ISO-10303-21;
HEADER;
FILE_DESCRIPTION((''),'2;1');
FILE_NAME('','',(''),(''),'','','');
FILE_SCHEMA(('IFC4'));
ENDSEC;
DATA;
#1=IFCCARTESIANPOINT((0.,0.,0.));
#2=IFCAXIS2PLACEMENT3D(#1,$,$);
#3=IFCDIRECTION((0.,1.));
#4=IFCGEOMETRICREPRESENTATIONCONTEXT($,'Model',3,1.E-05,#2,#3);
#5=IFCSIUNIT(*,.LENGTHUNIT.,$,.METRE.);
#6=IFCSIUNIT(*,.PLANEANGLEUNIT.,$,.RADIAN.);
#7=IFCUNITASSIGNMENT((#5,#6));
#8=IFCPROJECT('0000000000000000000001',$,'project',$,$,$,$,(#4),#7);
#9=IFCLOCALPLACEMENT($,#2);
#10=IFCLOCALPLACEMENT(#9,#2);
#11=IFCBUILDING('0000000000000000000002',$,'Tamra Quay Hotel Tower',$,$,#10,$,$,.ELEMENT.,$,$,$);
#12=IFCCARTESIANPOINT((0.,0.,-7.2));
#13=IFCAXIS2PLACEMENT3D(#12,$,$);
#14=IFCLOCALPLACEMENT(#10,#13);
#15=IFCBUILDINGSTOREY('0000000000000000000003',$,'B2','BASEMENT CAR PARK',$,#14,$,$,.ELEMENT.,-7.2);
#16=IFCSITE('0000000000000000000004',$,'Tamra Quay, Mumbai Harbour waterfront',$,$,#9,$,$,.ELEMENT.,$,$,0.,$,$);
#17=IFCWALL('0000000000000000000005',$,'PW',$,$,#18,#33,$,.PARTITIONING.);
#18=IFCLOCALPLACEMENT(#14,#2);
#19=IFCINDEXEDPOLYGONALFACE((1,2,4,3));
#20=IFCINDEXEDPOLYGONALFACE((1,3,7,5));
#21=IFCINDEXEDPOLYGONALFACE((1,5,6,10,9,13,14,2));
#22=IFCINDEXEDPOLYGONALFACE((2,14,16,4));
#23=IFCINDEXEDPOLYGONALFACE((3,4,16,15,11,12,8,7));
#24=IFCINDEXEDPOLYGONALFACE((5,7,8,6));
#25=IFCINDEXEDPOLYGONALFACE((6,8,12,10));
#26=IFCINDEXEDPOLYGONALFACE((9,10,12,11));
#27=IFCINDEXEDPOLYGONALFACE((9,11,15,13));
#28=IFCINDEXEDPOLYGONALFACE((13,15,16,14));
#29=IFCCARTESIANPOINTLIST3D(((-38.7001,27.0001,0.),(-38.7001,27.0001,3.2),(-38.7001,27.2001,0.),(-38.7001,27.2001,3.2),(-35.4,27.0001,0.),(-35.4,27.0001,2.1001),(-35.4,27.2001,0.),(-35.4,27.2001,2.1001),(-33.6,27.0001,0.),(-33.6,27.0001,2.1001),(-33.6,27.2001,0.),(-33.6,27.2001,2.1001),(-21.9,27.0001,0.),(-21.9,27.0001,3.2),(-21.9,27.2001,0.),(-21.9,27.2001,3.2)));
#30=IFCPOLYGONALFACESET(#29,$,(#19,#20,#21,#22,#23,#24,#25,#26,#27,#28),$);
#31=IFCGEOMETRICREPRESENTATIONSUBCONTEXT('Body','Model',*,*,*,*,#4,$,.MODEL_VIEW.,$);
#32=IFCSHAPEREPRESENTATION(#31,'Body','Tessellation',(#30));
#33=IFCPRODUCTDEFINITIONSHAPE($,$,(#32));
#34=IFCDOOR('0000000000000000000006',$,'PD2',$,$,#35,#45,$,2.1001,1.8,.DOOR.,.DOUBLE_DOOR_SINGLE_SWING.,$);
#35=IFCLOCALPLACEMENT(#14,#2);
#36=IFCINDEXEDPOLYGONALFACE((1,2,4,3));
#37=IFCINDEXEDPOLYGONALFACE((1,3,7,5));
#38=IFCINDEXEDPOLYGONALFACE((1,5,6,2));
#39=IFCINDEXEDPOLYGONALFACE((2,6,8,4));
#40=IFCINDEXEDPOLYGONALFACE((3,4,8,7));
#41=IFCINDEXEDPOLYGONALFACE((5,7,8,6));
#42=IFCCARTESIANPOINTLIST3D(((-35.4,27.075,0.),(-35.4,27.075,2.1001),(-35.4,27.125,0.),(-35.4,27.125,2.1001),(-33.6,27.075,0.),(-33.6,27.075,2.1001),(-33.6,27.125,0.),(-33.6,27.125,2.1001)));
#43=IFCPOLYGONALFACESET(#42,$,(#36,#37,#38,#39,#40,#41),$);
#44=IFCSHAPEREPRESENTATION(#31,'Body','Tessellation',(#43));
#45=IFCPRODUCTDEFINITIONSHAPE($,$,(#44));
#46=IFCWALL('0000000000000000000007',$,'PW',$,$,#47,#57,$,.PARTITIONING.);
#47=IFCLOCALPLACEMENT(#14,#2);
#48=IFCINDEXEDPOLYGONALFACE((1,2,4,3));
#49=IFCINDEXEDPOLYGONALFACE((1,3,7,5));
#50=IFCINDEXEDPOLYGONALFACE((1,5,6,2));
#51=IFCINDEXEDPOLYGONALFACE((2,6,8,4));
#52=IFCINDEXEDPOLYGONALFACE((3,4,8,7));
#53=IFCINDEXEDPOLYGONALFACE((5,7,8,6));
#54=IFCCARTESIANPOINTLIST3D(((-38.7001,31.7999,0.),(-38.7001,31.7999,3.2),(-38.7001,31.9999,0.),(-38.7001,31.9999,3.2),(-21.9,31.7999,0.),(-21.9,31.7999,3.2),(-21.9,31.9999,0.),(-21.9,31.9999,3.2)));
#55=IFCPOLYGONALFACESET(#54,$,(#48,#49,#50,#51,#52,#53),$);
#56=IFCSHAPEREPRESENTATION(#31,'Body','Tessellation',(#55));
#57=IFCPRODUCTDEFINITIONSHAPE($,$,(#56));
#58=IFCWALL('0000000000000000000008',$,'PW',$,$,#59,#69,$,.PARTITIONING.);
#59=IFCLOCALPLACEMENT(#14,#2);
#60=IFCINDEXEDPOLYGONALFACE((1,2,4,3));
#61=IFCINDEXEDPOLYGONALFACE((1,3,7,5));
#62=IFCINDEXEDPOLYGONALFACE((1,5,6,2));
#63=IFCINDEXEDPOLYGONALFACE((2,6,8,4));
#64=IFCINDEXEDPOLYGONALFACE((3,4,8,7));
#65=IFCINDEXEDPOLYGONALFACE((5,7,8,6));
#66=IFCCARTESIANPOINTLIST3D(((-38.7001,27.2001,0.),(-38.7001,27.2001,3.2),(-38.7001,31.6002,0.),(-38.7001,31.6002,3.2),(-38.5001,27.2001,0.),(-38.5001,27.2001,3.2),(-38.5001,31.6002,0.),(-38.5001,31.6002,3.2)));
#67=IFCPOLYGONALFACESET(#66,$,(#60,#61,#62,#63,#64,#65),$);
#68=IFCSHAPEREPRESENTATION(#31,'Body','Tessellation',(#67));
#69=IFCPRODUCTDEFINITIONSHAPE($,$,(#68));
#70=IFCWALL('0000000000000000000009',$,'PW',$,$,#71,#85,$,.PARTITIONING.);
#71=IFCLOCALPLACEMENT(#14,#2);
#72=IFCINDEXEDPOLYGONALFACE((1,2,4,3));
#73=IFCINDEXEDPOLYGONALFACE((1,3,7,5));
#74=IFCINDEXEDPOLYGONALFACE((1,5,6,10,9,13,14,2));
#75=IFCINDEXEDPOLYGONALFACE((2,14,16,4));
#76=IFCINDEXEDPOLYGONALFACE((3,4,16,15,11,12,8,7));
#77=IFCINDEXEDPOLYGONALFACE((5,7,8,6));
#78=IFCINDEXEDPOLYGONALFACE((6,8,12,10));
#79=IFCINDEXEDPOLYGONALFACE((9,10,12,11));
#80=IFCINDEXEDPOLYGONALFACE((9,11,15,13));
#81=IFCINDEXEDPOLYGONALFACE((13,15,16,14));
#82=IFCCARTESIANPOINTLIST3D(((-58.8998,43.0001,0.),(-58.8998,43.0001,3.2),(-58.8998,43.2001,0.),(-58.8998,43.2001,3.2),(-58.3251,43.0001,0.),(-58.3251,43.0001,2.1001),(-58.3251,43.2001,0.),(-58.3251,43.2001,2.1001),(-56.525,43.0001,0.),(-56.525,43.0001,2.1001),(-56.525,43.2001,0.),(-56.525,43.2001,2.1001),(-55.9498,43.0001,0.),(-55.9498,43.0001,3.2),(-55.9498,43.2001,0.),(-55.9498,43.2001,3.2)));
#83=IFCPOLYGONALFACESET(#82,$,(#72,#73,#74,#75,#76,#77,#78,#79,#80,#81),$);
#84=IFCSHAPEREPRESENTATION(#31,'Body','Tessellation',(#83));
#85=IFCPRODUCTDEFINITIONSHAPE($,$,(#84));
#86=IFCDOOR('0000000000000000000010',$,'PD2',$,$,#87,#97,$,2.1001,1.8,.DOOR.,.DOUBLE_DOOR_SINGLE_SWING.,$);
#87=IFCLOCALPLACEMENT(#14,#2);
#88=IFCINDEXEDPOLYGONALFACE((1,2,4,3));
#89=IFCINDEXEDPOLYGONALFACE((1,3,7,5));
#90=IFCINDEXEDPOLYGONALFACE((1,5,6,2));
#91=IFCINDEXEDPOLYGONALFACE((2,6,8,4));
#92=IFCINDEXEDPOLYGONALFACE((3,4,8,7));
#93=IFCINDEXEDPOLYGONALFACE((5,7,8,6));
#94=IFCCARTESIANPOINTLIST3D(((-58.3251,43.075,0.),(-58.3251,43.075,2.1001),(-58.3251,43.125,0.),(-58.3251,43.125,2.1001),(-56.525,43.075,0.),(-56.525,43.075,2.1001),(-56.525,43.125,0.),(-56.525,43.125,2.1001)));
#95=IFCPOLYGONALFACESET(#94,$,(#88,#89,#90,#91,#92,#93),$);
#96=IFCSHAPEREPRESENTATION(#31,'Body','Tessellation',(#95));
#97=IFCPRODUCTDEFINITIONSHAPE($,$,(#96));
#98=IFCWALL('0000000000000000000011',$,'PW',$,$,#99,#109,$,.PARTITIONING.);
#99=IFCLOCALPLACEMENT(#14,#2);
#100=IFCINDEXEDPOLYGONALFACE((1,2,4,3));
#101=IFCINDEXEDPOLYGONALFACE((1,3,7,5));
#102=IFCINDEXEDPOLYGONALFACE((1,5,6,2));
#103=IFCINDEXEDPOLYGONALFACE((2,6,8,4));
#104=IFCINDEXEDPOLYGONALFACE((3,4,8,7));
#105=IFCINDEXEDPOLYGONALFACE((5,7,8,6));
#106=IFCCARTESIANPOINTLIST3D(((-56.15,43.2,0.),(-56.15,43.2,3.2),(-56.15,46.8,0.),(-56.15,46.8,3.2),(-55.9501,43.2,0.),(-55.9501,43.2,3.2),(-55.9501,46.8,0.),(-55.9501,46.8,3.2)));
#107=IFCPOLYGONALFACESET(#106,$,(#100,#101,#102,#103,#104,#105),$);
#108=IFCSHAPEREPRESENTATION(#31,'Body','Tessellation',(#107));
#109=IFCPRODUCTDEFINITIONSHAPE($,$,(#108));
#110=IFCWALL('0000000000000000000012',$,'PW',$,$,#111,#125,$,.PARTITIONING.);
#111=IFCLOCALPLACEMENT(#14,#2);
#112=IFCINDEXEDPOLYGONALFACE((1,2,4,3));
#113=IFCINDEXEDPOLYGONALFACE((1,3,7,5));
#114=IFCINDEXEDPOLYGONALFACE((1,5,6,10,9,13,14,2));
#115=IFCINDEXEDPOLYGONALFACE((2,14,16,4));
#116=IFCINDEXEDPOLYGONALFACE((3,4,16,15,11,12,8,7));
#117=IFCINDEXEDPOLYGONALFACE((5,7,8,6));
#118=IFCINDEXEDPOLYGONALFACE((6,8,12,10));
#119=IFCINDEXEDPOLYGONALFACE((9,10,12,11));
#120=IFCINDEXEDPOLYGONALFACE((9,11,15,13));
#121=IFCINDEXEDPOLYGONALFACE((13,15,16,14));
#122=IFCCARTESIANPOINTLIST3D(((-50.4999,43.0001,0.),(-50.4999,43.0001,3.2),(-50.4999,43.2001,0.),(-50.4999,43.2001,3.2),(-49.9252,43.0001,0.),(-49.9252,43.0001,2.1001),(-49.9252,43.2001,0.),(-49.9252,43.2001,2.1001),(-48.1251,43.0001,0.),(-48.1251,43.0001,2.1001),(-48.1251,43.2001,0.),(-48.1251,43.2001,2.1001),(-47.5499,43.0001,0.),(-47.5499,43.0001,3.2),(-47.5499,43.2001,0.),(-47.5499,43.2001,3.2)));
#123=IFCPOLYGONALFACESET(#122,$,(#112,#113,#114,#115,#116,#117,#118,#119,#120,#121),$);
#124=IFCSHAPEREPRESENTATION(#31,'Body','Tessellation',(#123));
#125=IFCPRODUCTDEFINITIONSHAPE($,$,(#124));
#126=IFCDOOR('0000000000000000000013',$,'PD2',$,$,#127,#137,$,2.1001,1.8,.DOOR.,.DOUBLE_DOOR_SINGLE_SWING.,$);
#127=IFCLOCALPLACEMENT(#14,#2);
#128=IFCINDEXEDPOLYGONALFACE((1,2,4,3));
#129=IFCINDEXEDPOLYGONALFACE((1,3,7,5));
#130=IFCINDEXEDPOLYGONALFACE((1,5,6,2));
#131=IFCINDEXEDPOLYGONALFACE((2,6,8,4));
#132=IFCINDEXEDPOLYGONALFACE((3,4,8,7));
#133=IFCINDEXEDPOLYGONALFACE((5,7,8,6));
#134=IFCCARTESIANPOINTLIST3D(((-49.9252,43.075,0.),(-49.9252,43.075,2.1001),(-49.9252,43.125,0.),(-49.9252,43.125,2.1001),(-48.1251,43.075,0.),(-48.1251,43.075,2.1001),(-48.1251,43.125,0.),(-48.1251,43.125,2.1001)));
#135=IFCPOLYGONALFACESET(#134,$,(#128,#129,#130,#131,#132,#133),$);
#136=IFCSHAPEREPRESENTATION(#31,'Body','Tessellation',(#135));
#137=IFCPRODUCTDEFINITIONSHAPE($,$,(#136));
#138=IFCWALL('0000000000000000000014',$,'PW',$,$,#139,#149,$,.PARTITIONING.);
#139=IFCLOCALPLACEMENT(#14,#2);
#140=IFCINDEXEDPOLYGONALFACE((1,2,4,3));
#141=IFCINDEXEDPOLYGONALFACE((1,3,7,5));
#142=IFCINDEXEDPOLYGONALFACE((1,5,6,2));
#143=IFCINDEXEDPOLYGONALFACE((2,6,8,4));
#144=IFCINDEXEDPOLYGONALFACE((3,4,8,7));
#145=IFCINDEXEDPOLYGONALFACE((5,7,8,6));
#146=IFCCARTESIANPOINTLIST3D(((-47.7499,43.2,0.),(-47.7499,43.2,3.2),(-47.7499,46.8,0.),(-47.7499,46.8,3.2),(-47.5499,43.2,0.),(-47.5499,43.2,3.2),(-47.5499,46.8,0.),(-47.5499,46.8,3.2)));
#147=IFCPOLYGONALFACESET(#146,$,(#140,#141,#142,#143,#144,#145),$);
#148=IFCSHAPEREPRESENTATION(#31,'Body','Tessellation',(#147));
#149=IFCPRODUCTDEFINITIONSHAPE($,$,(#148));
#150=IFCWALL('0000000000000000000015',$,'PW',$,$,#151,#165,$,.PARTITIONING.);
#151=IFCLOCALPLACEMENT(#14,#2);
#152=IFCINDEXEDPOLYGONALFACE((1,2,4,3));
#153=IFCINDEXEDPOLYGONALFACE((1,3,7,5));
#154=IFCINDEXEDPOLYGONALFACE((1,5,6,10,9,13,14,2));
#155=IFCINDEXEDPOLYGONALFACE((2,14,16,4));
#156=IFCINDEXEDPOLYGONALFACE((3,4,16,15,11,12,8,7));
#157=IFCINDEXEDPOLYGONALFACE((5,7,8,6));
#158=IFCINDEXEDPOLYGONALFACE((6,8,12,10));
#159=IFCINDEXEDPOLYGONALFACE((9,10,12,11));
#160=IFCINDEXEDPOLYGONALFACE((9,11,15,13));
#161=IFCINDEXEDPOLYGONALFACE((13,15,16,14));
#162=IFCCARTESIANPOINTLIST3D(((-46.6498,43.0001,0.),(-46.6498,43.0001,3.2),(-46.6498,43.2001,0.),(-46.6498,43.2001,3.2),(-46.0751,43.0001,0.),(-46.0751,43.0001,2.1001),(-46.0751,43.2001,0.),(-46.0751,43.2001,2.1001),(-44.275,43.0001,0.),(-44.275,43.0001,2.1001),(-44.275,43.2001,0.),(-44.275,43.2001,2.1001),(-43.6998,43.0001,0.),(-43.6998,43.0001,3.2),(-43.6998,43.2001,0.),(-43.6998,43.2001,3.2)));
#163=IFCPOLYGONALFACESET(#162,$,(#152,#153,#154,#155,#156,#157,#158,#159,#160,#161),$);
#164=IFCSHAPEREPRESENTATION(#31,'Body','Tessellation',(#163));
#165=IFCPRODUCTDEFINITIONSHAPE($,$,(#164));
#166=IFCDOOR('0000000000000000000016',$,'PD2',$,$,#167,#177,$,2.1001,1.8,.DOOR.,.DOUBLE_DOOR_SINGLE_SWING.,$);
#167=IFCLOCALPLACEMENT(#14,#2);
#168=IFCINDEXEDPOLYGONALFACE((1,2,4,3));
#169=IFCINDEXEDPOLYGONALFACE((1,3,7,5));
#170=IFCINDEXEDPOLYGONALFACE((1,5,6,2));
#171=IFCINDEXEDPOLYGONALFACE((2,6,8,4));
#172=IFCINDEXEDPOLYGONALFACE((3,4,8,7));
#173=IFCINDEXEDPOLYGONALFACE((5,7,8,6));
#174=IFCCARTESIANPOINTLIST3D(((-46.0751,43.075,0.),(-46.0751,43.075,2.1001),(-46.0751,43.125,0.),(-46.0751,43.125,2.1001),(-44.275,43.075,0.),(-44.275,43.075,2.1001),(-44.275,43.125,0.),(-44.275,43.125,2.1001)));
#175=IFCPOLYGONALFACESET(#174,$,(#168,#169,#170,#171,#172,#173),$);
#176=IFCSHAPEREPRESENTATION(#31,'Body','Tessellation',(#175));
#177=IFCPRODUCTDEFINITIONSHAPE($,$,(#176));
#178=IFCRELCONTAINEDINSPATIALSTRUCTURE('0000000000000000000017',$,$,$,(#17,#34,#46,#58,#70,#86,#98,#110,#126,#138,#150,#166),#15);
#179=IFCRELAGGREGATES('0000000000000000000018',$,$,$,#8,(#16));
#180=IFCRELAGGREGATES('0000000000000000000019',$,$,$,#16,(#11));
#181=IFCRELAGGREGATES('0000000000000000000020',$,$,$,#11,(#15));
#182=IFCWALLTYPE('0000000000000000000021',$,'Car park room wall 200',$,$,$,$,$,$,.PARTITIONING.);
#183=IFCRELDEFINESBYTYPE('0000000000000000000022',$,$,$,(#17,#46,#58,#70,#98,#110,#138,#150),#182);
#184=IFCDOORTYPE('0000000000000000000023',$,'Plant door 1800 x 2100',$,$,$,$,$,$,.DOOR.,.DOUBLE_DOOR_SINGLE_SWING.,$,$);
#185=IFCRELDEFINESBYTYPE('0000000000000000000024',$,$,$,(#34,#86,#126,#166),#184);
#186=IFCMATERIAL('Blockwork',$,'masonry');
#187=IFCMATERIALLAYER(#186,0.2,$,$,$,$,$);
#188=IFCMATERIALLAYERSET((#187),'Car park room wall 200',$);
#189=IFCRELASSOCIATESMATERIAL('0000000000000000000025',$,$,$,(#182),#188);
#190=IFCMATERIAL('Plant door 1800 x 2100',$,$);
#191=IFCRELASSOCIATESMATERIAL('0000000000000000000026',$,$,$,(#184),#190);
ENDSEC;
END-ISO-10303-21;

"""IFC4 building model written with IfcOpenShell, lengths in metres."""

from ifc_helpers import new_model, si_unit, direction, frame, frame_2d, origin, place, context, subcontext, project, spatial, rectangle, extrude, material, layer, layer_set, type_object, element, fill, save


model = new_model("IFC4")

# Units and contexts
model_context = context("Model", 3, precision=1e-05, world=origin(), true_north=direction((0.0, 1.0)))
body_context = subcontext(model_context, "Body", "Model", "MODEL_VIEW")
ifc_project = project(units=[si_unit("LENGTHUNIT", "METRE"), si_unit("PLANEANGLEUNIT", "RADIAN")], contexts=[model_context])

# Site, building, storey
site_placement = place(None, origin())
site = spatial("IfcSite", under=ifc_project, at=site_placement, Name="Tamra Quay, Mumbai Harbour waterfront", CompositionType="ELEMENT", RefElevation=0.0)
building_placement = place(site_placement, origin())
building = spatial("IfcBuilding", under=site, at=building_placement, Name="Tamra Quay Hotel Tower", CompositionType="ELEMENT")
storey_placement = place(building_placement, frame((0.0, 0.0, -7.2)))
storey = spatial("IfcBuildingStorey", under=building, at=storey_placement, Name="B2", Description="BASEMENT CAR PARK", CompositionType="ELEMENT", Elevation=-7.2)

# Shared definitions
ifc_material_1 = material(Name="Blockwork", Category="masonry")
ifc_layer_1 = layer(ifc_material_1, 0.2)
ifc_layer_set_1 = layer_set([ifc_layer_1], Name="Car park room wall 200")
wall_type_1 = type_object("IfcWallType", Name="Car park room wall 200", PredefinedType="PARTITIONING", material=ifc_layer_set_1)

# Shared definitions
ifc_material_2 = material(Name="Plant door 1800 x 2100")
door_type_1 = type_object("IfcDoorType", Name="Plant door 1800 x 2100", OperationType="DOUBLE_DOOR_SINGLE_SWING", PredefinedType="DOOR", material=ifc_material_2)

# Wall, opening, door
wall_1_placement = place(storey_placement, frame((-38.7, 27.1001, 0.0), z_axis=(0.0, 0.0, 1.0), x_axis=(1.0, 0.0, 0.0)))
wall_1 = element("IfcWall", 1, at=wall_1_placement, inside=storey, type_object=wall_type_1, Name="PW", PredefinedType="PARTITIONING", context=body_context, shape_type="SweptSolid", body=[
    extrude(rectangle(XDim=16.8, YDim=0.2, at=frame_2d((8.3999, 0.0))), origin(), (0.0, 0.0, 1.0), 3.2),
])
opening_1_placement = place(wall_1_placement, frame((3.3, 0.0, 0.0)))
opening_1 = element("IfcOpeningElement", 2, at=opening_1_placement, cuts=wall_1, PredefinedType="OPENING", context=body_context, shape_type="SweptSolid", body=[
    extrude(rectangle(XDim=1.8, YDim=2.1001, at=frame_2d((0.8999, 1.05))), frame((0.0, 0.1099, 0.0), z_axis=(0.0, -1.0, 0.0), x_axis=(1.0, 0.0, 0.0)), (0.0, 0.0, 1.0), 0.22),
])
door_1_placement = place(opening_1_placement, origin())
door_1 = element("IfcDoor", 3, at=door_1_placement, inside=storey, type_object=door_type_1, Name="PD2", OperationType="DOUBLE_DOOR_SINGLE_SWING", OverallHeight=2.1001, OverallWidth=1.8, PredefinedType="DOOR", context=body_context, shape_type="SweptSolid", body=[
    extrude(rectangle(XDim=1.8, YDim=2.1001, at=frame_2d((0.8999, 1.05))), frame((0.0, 0.0249, 0.0), z_axis=(0.0, -1.0, 0.0), x_axis=(1.0, 0.0, 0.0)), (0.0, 0.0, 1.0), 0.05),
])
fill(opening_1, door_1)

# Walls
wall_2_placement = place(storey_placement, frame((-38.7, 31.8999, 0.0), z_axis=(0.0, 0.0, 1.0), x_axis=(1.0, 0.0, 0.0)))
element("IfcWall", 4, at=wall_2_placement, inside=storey, type_object=wall_type_1, Name="PW", PredefinedType="PARTITIONING", context=body_context, shape_type="SweptSolid", body=[
    extrude(rectangle(XDim=16.8, YDim=0.2, at=frame_2d((8.3999, 0.0))), origin(), (0.0, 0.0, 1.0), 3.2),
])
wall_3_placement = place(storey_placement, frame((-38.6001, 27.2, 0.0), z_axis=(0.0, 0.0, 1.0), x_axis=(0.0, 1.0, 0.0)))
element("IfcWall", 5, at=wall_3_placement, inside=storey, type_object=wall_type_1, Name="PW", PredefinedType="PARTITIONING", context=body_context, shape_type="SweptSolid", body=[
    extrude(rectangle(XDim=4.4001, YDim=0.2, at=frame_2d((2.2002, 0.0))), origin(), (0.0, 0.0, 1.0), 3.2),
])

# Wall, opening, door
wall_4_placement = place(storey_placement, frame((-58.8999, 43.1001, 0.0), z_axis=(0.0, 0.0, 1.0), x_axis=(1.0, 0.0, 0.0)))
wall_4 = element("IfcWall", 6, at=wall_4_placement, inside=storey, type_object=wall_type_1, Name="PW", PredefinedType="PARTITIONING", context=body_context, shape_type="SweptSolid", body=[
    extrude(rectangle(XDim=2.95, YDim=0.2, at=frame_2d((1.4751, 0.0))), origin(), (0.0, 0.0, 1.0), 3.2),
])
opening_2_placement = place(wall_4_placement, frame((0.575, 0.0, 0.0)))
opening_2 = element("IfcOpeningElement", 7, at=opening_2_placement, cuts=wall_4, PredefinedType="OPENING", context=body_context, shape_type="SweptSolid", body=[
    extrude(rectangle(XDim=1.8, YDim=2.1001, at=frame_2d((0.8999, 1.05))), frame((0.0, 0.1099, 0.0), z_axis=(0.0, -1.0, 0.0), x_axis=(1.0, 0.0, 0.0)), (0.0, 0.0, 1.0), 0.22),
])
door_2_placement = place(opening_2_placement, origin())
door_2 = element("IfcDoor", 8, at=door_2_placement, inside=storey, type_object=door_type_1, Name="PD2", OperationType="DOUBLE_DOOR_SINGLE_SWING", OverallHeight=2.1001, OverallWidth=1.8, PredefinedType="DOOR", context=body_context, shape_type="SweptSolid", body=[
    extrude(rectangle(XDim=1.8, YDim=2.1001, at=frame_2d((0.8999, 1.05))), frame((0.0, 0.0249, 0.0), z_axis=(0.0, -1.0, 0.0), x_axis=(1.0, 0.0, 0.0)), (0.0, 0.0, 1.0), 0.05),
])
fill(opening_2, door_2)

# Wall
wall_5_placement = place(storey_placement, frame((-56.05, 43.2, 0.0), z_axis=(0.0, 0.0, 1.0), x_axis=(0.0, 1.0, 0.0)))
element("IfcWall", 9, at=wall_5_placement, inside=storey, type_object=wall_type_1, Name="PW", PredefinedType="PARTITIONING", context=body_context, shape_type="SweptSolid", body=[
    extrude(rectangle(XDim=3.6001, YDim=0.2, at=frame_2d((1.8, 0.0))), origin(), (0.0, 0.0, 1.0), 3.2),
])

# Wall, opening, door
wall_6_placement = place(storey_placement, frame((-50.5, 43.1001, 0.0), z_axis=(0.0, 0.0, 1.0), x_axis=(1.0, 0.0, 0.0)))
wall_6 = element("IfcWall", 10, at=wall_6_placement, inside=storey, type_object=wall_type_1, Name="PW", PredefinedType="PARTITIONING", context=body_context, shape_type="SweptSolid", body=[
    extrude(rectangle(XDim=2.95, YDim=0.2, at=frame_2d((1.4751, 0.0))), origin(), (0.0, 0.0, 1.0), 3.2),
])
opening_3_placement = place(wall_6_placement, frame((0.575, 0.0, 0.0)))
opening_3 = element("IfcOpeningElement", 11, at=opening_3_placement, cuts=wall_6, PredefinedType="OPENING", context=body_context, shape_type="SweptSolid", body=[
    extrude(rectangle(XDim=1.8, YDim=2.1001, at=frame_2d((0.8999, 1.05))), frame((0.0, 0.1099, 0.0), z_axis=(0.0, -1.0, 0.0), x_axis=(1.0, 0.0, 0.0)), (0.0, 0.0, 1.0), 0.22),
])
door_3_placement = place(opening_3_placement, origin())
door_3 = element("IfcDoor", 12, at=door_3_placement, inside=storey, type_object=door_type_1, Name="PD2", OperationType="DOUBLE_DOOR_SINGLE_SWING", OverallHeight=2.1001, OverallWidth=1.8, PredefinedType="DOOR", context=body_context, shape_type="SweptSolid", body=[
    extrude(rectangle(XDim=1.8, YDim=2.1001, at=frame_2d((0.8999, 1.05))), frame((0.0, 0.0249, 0.0), z_axis=(0.0, -1.0, 0.0), x_axis=(1.0, 0.0, 0.0)), (0.0, 0.0, 1.0), 0.05),
])
fill(opening_3, door_3)

# Wall
wall_7_placement = place(storey_placement, frame((-47.6499, 43.2, 0.0), z_axis=(0.0, 0.0, 1.0), x_axis=(0.0, 1.0, 0.0)))
element("IfcWall", 13, at=wall_7_placement, inside=storey, type_object=wall_type_1, Name="PW", PredefinedType="PARTITIONING", context=body_context, shape_type="SweptSolid", body=[
    extrude(rectangle(XDim=3.6001, YDim=0.2, at=frame_2d((1.8, 0.0))), origin(), (0.0, 0.0, 1.0), 3.2),
])

# Wall, opening, door
wall_8_placement = place(storey_placement, frame((-46.6499, 43.1001, 0.0), z_axis=(0.0, 0.0, 1.0), x_axis=(1.0, 0.0, 0.0)))
wall_8 = element("IfcWall", 14, at=wall_8_placement, inside=storey, type_object=wall_type_1, Name="PW", PredefinedType="PARTITIONING", context=body_context, shape_type="SweptSolid", body=[
    extrude(rectangle(XDim=2.95, YDim=0.2, at=frame_2d((1.4751, 0.0))), origin(), (0.0, 0.0, 1.0), 3.2),
])
opening_4_placement = place(wall_8_placement, frame((0.575, 0.0, 0.0)))
opening_4 = element("IfcOpeningElement", 15, at=opening_4_placement, cuts=wall_8, PredefinedType="OPENING", context=body_context, shape_type="SweptSolid", body=[
    extrude(rectangle(XDim=1.8, YDim=2.1001, at=frame_2d((0.8999, 1.05))), frame((0.0, 0.1099, 0.0), z_axis=(0.0, -1.0, 0.0), x_axis=(1.0, 0.0, 0.0)), (0.0, 0.0, 1.0), 0.22),
])
door_4_placement = place(opening_4_placement, origin())
door_4 = element("IfcDoor", 16, at=door_4_placement, inside=storey, type_object=door_type_1, Name="PD2", OperationType="DOUBLE_DOOR_SINGLE_SWING", OverallHeight=2.1001, OverallWidth=1.8, PredefinedType="DOOR", context=body_context, shape_type="SweptSolid", body=[
    extrude(rectangle(XDim=1.8, YDim=2.1001, at=frame_2d((0.8999, 1.05))), frame((0.0, 0.0249, 0.0), z_axis=(0.0, -1.0, 0.0), x_axis=(1.0, 0.0, 0.0)), (0.0, 0.0, 1.0), 0.05),
])
fill(opening_4, door_4)

save(model, "model.ifc")
